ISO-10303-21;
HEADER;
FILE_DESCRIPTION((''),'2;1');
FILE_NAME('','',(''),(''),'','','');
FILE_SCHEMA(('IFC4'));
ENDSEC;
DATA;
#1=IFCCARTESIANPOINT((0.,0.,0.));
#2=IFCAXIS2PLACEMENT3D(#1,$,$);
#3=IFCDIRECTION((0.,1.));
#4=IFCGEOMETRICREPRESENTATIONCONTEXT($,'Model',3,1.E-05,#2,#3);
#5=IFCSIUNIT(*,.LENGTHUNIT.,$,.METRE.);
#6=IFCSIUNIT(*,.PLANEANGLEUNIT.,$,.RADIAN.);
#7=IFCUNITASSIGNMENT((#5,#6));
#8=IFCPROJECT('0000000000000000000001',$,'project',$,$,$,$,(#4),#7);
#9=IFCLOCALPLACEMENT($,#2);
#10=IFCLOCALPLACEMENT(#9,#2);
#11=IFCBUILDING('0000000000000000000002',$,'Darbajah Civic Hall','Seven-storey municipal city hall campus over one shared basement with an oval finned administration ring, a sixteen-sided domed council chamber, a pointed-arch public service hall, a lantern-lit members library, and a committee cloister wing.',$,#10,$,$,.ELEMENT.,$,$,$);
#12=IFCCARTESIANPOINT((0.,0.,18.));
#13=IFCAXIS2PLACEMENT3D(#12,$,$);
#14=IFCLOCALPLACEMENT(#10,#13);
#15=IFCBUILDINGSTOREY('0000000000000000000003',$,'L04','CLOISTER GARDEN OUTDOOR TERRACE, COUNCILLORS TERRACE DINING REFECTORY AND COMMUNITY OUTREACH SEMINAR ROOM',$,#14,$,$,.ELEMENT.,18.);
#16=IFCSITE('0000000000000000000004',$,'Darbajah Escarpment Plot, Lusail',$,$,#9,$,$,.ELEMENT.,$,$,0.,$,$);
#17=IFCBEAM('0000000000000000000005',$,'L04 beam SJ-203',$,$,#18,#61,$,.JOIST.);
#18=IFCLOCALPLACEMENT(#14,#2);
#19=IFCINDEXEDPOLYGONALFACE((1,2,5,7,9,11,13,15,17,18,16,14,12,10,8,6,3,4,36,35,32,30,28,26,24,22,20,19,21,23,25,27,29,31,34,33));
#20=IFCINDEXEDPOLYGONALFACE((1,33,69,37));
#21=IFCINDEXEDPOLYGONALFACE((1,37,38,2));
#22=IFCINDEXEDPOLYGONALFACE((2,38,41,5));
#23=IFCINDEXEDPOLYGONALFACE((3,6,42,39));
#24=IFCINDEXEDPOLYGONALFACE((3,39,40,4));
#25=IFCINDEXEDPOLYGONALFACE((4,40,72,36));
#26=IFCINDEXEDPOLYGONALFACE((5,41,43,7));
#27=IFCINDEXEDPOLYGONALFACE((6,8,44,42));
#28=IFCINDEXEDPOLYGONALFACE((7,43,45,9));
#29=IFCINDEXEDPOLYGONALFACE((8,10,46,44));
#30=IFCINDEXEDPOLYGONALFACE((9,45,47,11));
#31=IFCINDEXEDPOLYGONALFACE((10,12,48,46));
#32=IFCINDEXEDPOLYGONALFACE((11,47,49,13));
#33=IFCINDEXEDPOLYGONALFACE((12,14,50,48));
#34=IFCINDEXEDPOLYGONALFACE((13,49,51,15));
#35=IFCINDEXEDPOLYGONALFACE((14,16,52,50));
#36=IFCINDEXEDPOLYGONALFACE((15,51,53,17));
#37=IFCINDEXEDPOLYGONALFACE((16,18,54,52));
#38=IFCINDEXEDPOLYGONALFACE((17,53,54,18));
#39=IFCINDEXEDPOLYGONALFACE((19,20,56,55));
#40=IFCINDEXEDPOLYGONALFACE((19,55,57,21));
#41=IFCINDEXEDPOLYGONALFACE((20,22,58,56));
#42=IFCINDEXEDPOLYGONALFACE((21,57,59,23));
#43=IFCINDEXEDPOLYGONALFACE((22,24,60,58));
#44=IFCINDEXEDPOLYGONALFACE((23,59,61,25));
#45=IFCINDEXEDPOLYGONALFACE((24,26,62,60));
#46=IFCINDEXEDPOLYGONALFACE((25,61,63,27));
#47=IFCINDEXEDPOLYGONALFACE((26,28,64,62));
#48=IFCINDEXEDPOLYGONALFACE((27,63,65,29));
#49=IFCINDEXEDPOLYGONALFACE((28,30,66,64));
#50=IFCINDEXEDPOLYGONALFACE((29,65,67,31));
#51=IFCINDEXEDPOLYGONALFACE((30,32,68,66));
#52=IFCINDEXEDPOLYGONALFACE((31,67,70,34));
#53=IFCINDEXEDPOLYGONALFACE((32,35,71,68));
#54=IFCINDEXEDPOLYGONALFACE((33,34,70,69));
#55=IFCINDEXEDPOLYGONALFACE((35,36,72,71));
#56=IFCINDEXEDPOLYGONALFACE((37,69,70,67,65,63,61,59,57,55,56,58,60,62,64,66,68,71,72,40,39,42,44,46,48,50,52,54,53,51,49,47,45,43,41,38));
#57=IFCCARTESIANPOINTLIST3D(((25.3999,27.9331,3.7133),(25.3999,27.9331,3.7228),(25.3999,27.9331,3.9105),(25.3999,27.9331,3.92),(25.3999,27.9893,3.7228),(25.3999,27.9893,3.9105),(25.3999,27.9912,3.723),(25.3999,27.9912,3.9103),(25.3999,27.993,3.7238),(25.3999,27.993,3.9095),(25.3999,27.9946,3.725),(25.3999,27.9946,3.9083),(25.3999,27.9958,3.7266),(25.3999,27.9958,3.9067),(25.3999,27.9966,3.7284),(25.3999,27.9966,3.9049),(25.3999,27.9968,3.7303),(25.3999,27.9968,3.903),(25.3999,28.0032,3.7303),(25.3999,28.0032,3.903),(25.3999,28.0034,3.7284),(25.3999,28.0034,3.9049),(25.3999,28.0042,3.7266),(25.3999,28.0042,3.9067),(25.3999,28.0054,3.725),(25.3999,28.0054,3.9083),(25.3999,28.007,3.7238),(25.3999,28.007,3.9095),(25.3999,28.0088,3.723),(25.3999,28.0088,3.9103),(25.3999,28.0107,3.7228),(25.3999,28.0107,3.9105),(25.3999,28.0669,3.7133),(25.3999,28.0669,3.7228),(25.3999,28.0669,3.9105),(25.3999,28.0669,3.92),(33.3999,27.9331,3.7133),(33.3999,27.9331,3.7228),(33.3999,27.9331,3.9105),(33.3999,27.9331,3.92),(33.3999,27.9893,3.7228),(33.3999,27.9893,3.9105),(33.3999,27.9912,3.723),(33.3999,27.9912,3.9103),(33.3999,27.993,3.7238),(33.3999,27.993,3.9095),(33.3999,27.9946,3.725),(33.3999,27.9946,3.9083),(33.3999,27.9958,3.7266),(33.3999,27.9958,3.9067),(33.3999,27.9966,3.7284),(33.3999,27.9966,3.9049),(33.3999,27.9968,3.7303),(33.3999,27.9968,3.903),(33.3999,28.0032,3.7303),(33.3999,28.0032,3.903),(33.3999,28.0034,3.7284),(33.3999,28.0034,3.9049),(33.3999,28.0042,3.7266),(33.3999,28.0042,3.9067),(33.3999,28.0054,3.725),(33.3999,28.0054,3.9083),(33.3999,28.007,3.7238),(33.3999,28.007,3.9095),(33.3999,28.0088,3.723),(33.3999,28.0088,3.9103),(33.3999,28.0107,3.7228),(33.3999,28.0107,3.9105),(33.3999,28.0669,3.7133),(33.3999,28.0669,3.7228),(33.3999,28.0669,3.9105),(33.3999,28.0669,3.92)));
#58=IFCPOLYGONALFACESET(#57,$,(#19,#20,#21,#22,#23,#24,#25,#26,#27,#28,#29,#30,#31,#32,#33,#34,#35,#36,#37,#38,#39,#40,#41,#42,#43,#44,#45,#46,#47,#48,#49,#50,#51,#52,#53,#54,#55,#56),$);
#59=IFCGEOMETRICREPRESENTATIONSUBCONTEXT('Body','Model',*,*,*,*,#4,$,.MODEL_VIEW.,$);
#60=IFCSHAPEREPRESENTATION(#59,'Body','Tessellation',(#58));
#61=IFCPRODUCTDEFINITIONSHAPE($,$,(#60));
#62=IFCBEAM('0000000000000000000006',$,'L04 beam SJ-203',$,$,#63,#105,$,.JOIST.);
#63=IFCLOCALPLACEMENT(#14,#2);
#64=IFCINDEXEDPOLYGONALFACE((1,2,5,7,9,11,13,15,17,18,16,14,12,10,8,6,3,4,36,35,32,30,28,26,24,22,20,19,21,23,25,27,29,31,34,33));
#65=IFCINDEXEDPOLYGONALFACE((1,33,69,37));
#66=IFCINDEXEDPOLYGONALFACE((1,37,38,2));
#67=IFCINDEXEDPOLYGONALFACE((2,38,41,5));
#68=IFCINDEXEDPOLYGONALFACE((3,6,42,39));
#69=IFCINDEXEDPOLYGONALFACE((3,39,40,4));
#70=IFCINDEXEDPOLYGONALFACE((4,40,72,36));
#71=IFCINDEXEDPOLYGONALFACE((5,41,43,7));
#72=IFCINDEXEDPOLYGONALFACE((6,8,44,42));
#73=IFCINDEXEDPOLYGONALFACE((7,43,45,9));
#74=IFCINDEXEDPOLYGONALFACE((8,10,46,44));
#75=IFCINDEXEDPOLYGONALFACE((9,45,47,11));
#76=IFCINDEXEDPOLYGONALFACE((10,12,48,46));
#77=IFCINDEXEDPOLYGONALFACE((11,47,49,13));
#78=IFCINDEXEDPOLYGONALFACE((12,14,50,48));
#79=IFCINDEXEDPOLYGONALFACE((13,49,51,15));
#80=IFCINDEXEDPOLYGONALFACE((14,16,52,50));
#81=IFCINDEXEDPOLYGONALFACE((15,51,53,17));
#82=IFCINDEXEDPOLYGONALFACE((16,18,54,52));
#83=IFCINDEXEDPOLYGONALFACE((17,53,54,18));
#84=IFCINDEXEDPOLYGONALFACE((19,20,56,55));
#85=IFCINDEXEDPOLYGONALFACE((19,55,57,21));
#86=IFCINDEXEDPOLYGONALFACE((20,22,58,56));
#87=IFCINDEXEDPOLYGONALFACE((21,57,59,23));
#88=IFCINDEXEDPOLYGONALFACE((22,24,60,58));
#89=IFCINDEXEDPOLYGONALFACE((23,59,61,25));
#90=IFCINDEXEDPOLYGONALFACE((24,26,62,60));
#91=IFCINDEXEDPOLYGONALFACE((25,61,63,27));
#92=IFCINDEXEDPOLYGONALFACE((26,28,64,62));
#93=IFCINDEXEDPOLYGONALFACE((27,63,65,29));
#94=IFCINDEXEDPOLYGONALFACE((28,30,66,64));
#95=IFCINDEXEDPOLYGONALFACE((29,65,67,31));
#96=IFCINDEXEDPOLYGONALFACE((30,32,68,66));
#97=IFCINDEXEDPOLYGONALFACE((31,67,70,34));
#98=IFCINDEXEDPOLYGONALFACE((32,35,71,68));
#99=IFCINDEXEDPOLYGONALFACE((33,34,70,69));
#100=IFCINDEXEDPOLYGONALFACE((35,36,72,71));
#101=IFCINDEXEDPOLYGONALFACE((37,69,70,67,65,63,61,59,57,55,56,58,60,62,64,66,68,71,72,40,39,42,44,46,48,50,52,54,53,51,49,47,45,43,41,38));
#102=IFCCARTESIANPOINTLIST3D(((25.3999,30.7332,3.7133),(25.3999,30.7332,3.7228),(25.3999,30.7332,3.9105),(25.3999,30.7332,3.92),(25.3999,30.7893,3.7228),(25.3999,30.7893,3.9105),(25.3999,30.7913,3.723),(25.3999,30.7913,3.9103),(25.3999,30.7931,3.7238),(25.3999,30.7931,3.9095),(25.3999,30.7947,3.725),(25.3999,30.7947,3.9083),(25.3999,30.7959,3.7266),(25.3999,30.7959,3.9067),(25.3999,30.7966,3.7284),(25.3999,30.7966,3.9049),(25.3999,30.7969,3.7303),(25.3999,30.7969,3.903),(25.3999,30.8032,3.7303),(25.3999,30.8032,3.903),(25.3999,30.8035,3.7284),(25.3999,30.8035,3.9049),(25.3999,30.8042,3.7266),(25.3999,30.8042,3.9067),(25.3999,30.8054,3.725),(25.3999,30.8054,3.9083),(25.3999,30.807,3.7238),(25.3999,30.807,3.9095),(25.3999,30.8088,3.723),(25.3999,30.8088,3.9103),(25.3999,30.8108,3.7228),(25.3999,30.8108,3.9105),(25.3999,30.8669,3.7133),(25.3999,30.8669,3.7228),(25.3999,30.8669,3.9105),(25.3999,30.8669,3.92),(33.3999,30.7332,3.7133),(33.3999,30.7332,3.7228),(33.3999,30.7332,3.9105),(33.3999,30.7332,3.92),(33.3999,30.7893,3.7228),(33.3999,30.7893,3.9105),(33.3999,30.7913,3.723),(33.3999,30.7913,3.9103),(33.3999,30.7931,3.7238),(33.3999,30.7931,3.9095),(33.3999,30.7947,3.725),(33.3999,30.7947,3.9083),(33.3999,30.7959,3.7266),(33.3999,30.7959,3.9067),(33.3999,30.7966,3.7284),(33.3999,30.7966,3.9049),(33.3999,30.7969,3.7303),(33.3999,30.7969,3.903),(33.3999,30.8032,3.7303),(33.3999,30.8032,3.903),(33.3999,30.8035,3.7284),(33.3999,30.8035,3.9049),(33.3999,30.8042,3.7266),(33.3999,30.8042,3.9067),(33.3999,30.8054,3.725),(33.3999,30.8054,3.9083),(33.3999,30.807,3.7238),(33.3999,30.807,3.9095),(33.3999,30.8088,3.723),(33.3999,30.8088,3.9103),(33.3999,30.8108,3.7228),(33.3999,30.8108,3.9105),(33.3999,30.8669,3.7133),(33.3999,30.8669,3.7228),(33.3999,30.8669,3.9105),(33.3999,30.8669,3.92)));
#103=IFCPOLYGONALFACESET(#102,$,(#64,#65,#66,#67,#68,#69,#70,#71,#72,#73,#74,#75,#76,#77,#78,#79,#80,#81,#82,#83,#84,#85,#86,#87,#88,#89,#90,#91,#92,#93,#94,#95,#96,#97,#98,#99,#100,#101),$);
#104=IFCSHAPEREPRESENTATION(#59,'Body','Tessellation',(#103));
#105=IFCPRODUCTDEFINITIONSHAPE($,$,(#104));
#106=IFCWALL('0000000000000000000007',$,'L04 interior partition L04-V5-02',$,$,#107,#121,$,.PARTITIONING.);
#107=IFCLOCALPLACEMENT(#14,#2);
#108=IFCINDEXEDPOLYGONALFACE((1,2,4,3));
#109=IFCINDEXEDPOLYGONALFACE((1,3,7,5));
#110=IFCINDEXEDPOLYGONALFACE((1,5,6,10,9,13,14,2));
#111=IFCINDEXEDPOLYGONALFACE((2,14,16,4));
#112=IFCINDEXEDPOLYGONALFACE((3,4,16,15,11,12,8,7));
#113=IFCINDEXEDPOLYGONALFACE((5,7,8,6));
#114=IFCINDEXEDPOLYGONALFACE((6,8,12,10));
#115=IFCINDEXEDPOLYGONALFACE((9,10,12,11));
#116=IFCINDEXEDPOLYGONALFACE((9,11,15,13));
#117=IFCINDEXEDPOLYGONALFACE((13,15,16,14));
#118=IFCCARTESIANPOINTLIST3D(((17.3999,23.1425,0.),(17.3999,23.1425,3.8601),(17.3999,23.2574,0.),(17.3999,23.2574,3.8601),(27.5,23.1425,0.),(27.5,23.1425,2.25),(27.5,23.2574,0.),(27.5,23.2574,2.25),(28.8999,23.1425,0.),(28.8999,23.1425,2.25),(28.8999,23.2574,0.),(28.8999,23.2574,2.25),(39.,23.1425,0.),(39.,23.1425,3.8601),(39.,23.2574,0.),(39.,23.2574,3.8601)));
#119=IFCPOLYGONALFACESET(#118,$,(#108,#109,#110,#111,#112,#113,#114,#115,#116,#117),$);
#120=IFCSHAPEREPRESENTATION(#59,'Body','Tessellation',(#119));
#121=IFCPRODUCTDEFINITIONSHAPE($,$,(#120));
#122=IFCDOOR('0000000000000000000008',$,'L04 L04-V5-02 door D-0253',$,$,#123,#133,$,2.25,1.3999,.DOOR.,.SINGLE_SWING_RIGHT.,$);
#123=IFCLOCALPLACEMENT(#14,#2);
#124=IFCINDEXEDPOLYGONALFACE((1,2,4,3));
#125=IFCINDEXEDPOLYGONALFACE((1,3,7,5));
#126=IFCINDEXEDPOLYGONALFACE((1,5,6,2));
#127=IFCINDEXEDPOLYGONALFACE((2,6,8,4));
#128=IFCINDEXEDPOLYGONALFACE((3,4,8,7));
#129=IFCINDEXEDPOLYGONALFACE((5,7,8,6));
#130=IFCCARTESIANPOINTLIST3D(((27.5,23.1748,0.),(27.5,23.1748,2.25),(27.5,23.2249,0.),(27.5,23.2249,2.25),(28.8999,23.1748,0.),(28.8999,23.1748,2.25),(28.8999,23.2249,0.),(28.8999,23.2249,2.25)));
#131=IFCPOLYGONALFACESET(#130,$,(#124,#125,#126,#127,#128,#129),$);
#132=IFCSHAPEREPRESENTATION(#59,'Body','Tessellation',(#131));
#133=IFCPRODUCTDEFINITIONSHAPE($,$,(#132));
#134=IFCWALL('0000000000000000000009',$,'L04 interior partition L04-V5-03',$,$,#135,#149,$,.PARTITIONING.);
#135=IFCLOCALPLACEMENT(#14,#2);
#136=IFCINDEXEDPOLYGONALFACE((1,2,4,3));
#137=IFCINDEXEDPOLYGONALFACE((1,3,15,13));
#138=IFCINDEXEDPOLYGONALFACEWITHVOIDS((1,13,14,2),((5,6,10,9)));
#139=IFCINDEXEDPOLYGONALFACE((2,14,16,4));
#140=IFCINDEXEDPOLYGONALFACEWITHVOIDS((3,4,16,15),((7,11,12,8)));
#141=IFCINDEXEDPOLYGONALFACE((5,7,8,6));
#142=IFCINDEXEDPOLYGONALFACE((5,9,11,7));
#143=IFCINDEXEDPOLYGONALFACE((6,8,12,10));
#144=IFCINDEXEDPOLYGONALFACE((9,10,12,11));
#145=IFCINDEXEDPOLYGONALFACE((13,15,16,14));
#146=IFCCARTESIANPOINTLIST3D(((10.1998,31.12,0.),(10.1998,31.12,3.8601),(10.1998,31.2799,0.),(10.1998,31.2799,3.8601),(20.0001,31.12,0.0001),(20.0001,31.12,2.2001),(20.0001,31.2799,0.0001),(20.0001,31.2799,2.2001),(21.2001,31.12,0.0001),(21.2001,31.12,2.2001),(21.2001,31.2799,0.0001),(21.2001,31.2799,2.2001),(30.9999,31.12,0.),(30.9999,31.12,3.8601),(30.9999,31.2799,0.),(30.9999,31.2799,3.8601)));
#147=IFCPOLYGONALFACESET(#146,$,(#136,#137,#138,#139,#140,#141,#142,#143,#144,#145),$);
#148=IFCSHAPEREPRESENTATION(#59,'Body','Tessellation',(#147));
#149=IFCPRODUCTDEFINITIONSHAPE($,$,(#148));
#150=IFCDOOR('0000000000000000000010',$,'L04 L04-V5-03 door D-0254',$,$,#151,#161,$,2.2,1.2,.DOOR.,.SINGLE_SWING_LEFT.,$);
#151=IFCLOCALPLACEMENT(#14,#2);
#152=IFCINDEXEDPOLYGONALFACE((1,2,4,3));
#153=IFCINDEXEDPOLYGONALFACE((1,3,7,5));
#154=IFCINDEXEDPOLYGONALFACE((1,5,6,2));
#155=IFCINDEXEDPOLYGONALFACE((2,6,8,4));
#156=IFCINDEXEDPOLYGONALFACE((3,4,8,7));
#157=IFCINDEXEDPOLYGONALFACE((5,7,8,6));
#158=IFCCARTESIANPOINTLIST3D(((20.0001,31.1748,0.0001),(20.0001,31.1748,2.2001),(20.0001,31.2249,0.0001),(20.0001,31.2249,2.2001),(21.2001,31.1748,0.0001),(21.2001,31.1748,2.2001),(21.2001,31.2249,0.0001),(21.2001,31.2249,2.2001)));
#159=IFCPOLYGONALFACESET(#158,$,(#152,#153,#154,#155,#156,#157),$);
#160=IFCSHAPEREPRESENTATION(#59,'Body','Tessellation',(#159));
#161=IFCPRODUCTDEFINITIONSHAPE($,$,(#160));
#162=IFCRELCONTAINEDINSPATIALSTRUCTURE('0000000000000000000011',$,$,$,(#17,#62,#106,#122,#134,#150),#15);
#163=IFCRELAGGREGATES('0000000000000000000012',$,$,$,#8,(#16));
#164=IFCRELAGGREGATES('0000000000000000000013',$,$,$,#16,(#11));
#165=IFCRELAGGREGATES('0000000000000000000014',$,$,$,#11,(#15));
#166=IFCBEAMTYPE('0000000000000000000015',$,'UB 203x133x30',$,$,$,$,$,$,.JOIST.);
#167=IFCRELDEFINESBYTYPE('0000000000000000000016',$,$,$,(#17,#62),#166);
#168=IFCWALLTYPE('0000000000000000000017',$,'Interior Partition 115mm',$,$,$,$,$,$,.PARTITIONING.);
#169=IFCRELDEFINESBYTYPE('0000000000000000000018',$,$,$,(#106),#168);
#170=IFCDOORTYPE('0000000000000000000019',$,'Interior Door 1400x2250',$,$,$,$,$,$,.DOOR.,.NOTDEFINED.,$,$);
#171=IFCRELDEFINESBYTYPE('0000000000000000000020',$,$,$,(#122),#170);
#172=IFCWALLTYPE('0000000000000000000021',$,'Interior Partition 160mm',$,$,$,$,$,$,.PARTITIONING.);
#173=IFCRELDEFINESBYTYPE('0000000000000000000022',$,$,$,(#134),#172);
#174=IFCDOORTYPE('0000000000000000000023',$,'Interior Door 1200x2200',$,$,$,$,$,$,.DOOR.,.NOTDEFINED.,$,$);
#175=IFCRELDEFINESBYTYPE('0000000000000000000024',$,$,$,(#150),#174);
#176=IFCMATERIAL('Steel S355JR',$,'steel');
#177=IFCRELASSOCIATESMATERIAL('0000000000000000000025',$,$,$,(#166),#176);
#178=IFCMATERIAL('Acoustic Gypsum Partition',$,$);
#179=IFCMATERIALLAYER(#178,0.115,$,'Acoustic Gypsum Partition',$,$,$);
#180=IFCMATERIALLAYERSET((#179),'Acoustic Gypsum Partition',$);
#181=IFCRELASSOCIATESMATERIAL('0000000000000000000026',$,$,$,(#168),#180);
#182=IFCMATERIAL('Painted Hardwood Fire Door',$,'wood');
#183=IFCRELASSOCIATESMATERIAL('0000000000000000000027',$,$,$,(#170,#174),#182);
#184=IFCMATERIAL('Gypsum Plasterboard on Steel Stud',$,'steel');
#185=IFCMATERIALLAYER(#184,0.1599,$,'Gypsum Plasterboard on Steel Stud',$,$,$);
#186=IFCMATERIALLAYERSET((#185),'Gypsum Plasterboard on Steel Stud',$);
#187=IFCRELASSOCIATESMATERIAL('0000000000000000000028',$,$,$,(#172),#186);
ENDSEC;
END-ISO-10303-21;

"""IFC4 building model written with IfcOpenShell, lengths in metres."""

from ifc_helpers import new_model, si_unit, direction, frame, frame_2d, origin, origin_2d, place, context, subcontext, project, spatial, rectangle, i_section, extrude, material, layer, layer_set, material_profile, profile_set, type_object, element, fill, save


model = new_model("IFC4")

# Units and contexts
model_context = context("Model", 3, precision=1e-05, world=origin(), true_north=direction((0.0, 1.0)))
body_context = subcontext(model_context, "Body", "Model", "MODEL_VIEW")
ifc_project = project(units=[si_unit("LENGTHUNIT", "METRE"), si_unit("PLANEANGLEUNIT", "RADIAN")], contexts=[model_context])

# Site, building, storey
site_placement = place(None, origin())
site = spatial("IfcSite", under=ifc_project, at=site_placement, Name="Darbajah Escarpment Plot, Lusail", CompositionType="ELEMENT", RefElevation=0.0)
building_placement = place(site_placement, origin())
building = spatial("IfcBuilding", under=site, at=building_placement, Name="Darbajah Civic Hall", Description="Seven-storey municipal city hall campus over one shared basement with an oval finned administration ring, a sixteen-sided domed council chamber, a pointed-arch public service hall, a lantern-lit members library, and a committee cloister wing.", CompositionType="ELEMENT")
storey_placement = place(building_placement, frame((0.0, 0.0, 18.0)))
storey = spatial("IfcBuildingStorey", under=building, at=storey_placement, Name="L04", Description="CLOISTER GARDEN OUTDOOR TERRACE, COUNCILLORS TERRACE DINING REFECTORY AND COMMUNITY OUTREACH SEMINAR ROOM", CompositionType="ELEMENT", Elevation=18.0)

# Shared definitions
ifc_material_1 = material(Name="Steel S355JR", Category="steel")

# Beams
ifc_material_profile_1 = material_profile(ifc_material_1, i_section(OverallWidth=0.1338, OverallDepth=0.2068, WebThickness=0.0063, FlangeThickness=0.0095, FilletRadius=0.0076, at=origin_2d()), Name="UB 203x133x30")
ifc_profile_set_1 = profile_set([ifc_material_profile_1], Name="Steel S355JR")
beam_type_1 = type_object("IfcBeamType", Name="UB 203x133x30", PredefinedType="JOIST", material=ifc_profile_set_1)
for number, where, z_axis, x_axis, name in (
    (1, (25.3999, 28.0, 3.8167), (1.0, 0.0, 0.0), (0.0, 1.0, 0.0), "L04 beam SJ-203"),
    (2, (25.3999, 30.8, 3.8167), (1.0, 0.0, 0.0), (0.0, 1.0, 0.0), "L04 beam SJ-203"),
):
    element("IfcBeam", number, at=place(storey_placement, frame(where, z_axis=z_axis, x_axis=x_axis)), inside=storey, type_object=beam_type_1, Name=name, PredefinedType="JOIST", context=body_context, shape_type="SweptSolid", body=[
        extrude(i_section(OverallWidth=0.1338, OverallDepth=0.2068, WebThickness=0.0063, FlangeThickness=0.0095, FilletRadius=0.0076, at=origin_2d()), origin(), (0.0, 0.0, 1.0), 8.0),
    ])

# Walls, openings, doors
ifc_material_2 = material(Name="Acoustic Gypsum Partition")
ifc_layer_1 = layer(ifc_material_2, 0.115, Name="Acoustic Gypsum Partition")
ifc_layer_set_1 = layer_set([ifc_layer_1], Name="Acoustic Gypsum Partition")
wall_type_1 = type_object("IfcWallType", Name="Interior Partition 115mm", PredefinedType="PARTITIONING", material=ifc_layer_set_1)
wall_1_placement = place(storey_placement, frame((17.3999, 23.2, 0.0), z_axis=(0.0, 0.0, 1.0), x_axis=(1.0, 0.0, 0.0)))
wall_1 = element("IfcWall", 3, at=wall_1_placement, inside=storey, type_object=wall_type_1, Name="L04 interior partition L04-V5-02", PredefinedType="PARTITIONING", context=body_context, shape_type="SweptSolid", body=[
    extrude(rectangle(XDim=21.6001, YDim=0.115, at=frame_2d((10.8, 0.0))), origin(), (0.0, 0.0, 1.0), 3.8601),
])
opening_1_placement = place(wall_1_placement, frame((10.1001, 0.0, 0.0)))
opening_1 = element("IfcOpeningElement", 4, at=opening_1_placement, cuts=wall_1, PredefinedType="OPENING", context=body_context, shape_type="SweptSolid", body=[
    extrude(rectangle(XDim=1.3999, YDim=2.25, at=frame_2d((0.7, 1.125))), frame((0.0, 0.0674, 0.0), z_axis=(0.0, -1.0, 0.0), x_axis=(1.0, 0.0, 0.0)), (0.0, 0.0, 1.0), 0.135),
])
ifc_material_3 = material(Name="Painted Hardwood Fire Door", Category="wood")
door_type_1 = type_object("IfcDoorType", Name="Interior Door 1400x2250", OperationType="NOTDEFINED", PredefinedType="DOOR", material=ifc_material_3)
door_1_placement = place(opening_1_placement, origin())
door_1 = element("IfcDoor", 5, at=door_1_placement, inside=storey, type_object=door_type_1, Name="L04 L04-V5-02 door D-0253", OperationType="SINGLE_SWING_RIGHT", OverallHeight=2.25, OverallWidth=1.3999, PredefinedType="DOOR", context=body_context, shape_type="SweptSolid", body=[
    extrude(rectangle(XDim=1.3999, YDim=2.25, at=frame_2d((0.7, 1.125))), frame((0.0, 0.0249, 0.0), z_axis=(0.0, -1.0, 0.0), x_axis=(1.0, 0.0, 0.0)), (0.0, 0.0, 1.0), 0.05),
])
fill(opening_1, door_1)
ifc_material_4 = material(Name="Gypsum Plasterboard on Steel Stud", Category="steel")
ifc_layer_2 = layer(ifc_material_4, 0.1599, Name="Gypsum Plasterboard on Steel Stud")
ifc_layer_set_2 = layer_set([ifc_layer_2], Name="Gypsum Plasterboard on Steel Stud")
wall_type_2 = type_object("IfcWallType", Name="Interior Partition 160mm", PredefinedType="PARTITIONING", material=ifc_layer_set_2)
wall_2_placement = place(storey_placement, frame((10.2, 31.2, 0.0), z_axis=(0.0, 0.0, 1.0), x_axis=(1.0, 0.0, 0.0)))
wall_2 = element("IfcWall", 6, at=wall_2_placement, inside=storey, type_object=wall_type_2, Name="L04 interior partition L04-V5-03", PredefinedType="PARTITIONING", context=body_context, shape_type="SweptSolid", body=[
    extrude(rectangle(XDim=20.8, YDim=0.1599, at=frame_2d((10.3999, 0.0))), origin(), (0.0, 0.0, 1.0), 3.8601),
])
opening_2_placement = place(wall_2_placement, frame((9.8, 0.0, 0.0)))
opening_2 = element("IfcOpeningElement", 7, at=opening_2_placement, cuts=wall_2, PredefinedType="OPENING", context=body_context, shape_type="SweptSolid", body=[
    extrude(rectangle(XDim=1.2, YDim=2.2, at=frame_2d((0.6001, 1.1001))), frame((0.0, 0.0898, 0.0), z_axis=(0.0, -1.0, 0.0), x_axis=(1.0, 0.0, 0.0)), (0.0, 0.0, 1.0), 0.1799),
])
door_type_2 = type_object("IfcDoorType", Name="Interior Door 1200x2200", OperationType="NOTDEFINED", PredefinedType="DOOR", material=ifc_material_3)
door_2_placement = place(opening_2_placement, origin())
door_2 = element("IfcDoor", 8, at=door_2_placement, inside=storey, type_object=door_type_2, Name="L04 L04-V5-03 door D-0254", OperationType="SINGLE_SWING_LEFT", OverallHeight=2.2, OverallWidth=1.2, PredefinedType="DOOR", context=body_context, shape_type="SweptSolid", body=[
    extrude(rectangle(XDim=1.2, YDim=2.2, at=frame_2d((0.6001, 1.1001))), frame((0.0, 0.0249, 0.0), z_axis=(0.0, -1.0, 0.0), x_axis=(1.0, 0.0, 0.0)), (0.0, 0.0, 1.0), 0.05),
])
fill(opening_2, door_2)

save(model, "model.ifc")
